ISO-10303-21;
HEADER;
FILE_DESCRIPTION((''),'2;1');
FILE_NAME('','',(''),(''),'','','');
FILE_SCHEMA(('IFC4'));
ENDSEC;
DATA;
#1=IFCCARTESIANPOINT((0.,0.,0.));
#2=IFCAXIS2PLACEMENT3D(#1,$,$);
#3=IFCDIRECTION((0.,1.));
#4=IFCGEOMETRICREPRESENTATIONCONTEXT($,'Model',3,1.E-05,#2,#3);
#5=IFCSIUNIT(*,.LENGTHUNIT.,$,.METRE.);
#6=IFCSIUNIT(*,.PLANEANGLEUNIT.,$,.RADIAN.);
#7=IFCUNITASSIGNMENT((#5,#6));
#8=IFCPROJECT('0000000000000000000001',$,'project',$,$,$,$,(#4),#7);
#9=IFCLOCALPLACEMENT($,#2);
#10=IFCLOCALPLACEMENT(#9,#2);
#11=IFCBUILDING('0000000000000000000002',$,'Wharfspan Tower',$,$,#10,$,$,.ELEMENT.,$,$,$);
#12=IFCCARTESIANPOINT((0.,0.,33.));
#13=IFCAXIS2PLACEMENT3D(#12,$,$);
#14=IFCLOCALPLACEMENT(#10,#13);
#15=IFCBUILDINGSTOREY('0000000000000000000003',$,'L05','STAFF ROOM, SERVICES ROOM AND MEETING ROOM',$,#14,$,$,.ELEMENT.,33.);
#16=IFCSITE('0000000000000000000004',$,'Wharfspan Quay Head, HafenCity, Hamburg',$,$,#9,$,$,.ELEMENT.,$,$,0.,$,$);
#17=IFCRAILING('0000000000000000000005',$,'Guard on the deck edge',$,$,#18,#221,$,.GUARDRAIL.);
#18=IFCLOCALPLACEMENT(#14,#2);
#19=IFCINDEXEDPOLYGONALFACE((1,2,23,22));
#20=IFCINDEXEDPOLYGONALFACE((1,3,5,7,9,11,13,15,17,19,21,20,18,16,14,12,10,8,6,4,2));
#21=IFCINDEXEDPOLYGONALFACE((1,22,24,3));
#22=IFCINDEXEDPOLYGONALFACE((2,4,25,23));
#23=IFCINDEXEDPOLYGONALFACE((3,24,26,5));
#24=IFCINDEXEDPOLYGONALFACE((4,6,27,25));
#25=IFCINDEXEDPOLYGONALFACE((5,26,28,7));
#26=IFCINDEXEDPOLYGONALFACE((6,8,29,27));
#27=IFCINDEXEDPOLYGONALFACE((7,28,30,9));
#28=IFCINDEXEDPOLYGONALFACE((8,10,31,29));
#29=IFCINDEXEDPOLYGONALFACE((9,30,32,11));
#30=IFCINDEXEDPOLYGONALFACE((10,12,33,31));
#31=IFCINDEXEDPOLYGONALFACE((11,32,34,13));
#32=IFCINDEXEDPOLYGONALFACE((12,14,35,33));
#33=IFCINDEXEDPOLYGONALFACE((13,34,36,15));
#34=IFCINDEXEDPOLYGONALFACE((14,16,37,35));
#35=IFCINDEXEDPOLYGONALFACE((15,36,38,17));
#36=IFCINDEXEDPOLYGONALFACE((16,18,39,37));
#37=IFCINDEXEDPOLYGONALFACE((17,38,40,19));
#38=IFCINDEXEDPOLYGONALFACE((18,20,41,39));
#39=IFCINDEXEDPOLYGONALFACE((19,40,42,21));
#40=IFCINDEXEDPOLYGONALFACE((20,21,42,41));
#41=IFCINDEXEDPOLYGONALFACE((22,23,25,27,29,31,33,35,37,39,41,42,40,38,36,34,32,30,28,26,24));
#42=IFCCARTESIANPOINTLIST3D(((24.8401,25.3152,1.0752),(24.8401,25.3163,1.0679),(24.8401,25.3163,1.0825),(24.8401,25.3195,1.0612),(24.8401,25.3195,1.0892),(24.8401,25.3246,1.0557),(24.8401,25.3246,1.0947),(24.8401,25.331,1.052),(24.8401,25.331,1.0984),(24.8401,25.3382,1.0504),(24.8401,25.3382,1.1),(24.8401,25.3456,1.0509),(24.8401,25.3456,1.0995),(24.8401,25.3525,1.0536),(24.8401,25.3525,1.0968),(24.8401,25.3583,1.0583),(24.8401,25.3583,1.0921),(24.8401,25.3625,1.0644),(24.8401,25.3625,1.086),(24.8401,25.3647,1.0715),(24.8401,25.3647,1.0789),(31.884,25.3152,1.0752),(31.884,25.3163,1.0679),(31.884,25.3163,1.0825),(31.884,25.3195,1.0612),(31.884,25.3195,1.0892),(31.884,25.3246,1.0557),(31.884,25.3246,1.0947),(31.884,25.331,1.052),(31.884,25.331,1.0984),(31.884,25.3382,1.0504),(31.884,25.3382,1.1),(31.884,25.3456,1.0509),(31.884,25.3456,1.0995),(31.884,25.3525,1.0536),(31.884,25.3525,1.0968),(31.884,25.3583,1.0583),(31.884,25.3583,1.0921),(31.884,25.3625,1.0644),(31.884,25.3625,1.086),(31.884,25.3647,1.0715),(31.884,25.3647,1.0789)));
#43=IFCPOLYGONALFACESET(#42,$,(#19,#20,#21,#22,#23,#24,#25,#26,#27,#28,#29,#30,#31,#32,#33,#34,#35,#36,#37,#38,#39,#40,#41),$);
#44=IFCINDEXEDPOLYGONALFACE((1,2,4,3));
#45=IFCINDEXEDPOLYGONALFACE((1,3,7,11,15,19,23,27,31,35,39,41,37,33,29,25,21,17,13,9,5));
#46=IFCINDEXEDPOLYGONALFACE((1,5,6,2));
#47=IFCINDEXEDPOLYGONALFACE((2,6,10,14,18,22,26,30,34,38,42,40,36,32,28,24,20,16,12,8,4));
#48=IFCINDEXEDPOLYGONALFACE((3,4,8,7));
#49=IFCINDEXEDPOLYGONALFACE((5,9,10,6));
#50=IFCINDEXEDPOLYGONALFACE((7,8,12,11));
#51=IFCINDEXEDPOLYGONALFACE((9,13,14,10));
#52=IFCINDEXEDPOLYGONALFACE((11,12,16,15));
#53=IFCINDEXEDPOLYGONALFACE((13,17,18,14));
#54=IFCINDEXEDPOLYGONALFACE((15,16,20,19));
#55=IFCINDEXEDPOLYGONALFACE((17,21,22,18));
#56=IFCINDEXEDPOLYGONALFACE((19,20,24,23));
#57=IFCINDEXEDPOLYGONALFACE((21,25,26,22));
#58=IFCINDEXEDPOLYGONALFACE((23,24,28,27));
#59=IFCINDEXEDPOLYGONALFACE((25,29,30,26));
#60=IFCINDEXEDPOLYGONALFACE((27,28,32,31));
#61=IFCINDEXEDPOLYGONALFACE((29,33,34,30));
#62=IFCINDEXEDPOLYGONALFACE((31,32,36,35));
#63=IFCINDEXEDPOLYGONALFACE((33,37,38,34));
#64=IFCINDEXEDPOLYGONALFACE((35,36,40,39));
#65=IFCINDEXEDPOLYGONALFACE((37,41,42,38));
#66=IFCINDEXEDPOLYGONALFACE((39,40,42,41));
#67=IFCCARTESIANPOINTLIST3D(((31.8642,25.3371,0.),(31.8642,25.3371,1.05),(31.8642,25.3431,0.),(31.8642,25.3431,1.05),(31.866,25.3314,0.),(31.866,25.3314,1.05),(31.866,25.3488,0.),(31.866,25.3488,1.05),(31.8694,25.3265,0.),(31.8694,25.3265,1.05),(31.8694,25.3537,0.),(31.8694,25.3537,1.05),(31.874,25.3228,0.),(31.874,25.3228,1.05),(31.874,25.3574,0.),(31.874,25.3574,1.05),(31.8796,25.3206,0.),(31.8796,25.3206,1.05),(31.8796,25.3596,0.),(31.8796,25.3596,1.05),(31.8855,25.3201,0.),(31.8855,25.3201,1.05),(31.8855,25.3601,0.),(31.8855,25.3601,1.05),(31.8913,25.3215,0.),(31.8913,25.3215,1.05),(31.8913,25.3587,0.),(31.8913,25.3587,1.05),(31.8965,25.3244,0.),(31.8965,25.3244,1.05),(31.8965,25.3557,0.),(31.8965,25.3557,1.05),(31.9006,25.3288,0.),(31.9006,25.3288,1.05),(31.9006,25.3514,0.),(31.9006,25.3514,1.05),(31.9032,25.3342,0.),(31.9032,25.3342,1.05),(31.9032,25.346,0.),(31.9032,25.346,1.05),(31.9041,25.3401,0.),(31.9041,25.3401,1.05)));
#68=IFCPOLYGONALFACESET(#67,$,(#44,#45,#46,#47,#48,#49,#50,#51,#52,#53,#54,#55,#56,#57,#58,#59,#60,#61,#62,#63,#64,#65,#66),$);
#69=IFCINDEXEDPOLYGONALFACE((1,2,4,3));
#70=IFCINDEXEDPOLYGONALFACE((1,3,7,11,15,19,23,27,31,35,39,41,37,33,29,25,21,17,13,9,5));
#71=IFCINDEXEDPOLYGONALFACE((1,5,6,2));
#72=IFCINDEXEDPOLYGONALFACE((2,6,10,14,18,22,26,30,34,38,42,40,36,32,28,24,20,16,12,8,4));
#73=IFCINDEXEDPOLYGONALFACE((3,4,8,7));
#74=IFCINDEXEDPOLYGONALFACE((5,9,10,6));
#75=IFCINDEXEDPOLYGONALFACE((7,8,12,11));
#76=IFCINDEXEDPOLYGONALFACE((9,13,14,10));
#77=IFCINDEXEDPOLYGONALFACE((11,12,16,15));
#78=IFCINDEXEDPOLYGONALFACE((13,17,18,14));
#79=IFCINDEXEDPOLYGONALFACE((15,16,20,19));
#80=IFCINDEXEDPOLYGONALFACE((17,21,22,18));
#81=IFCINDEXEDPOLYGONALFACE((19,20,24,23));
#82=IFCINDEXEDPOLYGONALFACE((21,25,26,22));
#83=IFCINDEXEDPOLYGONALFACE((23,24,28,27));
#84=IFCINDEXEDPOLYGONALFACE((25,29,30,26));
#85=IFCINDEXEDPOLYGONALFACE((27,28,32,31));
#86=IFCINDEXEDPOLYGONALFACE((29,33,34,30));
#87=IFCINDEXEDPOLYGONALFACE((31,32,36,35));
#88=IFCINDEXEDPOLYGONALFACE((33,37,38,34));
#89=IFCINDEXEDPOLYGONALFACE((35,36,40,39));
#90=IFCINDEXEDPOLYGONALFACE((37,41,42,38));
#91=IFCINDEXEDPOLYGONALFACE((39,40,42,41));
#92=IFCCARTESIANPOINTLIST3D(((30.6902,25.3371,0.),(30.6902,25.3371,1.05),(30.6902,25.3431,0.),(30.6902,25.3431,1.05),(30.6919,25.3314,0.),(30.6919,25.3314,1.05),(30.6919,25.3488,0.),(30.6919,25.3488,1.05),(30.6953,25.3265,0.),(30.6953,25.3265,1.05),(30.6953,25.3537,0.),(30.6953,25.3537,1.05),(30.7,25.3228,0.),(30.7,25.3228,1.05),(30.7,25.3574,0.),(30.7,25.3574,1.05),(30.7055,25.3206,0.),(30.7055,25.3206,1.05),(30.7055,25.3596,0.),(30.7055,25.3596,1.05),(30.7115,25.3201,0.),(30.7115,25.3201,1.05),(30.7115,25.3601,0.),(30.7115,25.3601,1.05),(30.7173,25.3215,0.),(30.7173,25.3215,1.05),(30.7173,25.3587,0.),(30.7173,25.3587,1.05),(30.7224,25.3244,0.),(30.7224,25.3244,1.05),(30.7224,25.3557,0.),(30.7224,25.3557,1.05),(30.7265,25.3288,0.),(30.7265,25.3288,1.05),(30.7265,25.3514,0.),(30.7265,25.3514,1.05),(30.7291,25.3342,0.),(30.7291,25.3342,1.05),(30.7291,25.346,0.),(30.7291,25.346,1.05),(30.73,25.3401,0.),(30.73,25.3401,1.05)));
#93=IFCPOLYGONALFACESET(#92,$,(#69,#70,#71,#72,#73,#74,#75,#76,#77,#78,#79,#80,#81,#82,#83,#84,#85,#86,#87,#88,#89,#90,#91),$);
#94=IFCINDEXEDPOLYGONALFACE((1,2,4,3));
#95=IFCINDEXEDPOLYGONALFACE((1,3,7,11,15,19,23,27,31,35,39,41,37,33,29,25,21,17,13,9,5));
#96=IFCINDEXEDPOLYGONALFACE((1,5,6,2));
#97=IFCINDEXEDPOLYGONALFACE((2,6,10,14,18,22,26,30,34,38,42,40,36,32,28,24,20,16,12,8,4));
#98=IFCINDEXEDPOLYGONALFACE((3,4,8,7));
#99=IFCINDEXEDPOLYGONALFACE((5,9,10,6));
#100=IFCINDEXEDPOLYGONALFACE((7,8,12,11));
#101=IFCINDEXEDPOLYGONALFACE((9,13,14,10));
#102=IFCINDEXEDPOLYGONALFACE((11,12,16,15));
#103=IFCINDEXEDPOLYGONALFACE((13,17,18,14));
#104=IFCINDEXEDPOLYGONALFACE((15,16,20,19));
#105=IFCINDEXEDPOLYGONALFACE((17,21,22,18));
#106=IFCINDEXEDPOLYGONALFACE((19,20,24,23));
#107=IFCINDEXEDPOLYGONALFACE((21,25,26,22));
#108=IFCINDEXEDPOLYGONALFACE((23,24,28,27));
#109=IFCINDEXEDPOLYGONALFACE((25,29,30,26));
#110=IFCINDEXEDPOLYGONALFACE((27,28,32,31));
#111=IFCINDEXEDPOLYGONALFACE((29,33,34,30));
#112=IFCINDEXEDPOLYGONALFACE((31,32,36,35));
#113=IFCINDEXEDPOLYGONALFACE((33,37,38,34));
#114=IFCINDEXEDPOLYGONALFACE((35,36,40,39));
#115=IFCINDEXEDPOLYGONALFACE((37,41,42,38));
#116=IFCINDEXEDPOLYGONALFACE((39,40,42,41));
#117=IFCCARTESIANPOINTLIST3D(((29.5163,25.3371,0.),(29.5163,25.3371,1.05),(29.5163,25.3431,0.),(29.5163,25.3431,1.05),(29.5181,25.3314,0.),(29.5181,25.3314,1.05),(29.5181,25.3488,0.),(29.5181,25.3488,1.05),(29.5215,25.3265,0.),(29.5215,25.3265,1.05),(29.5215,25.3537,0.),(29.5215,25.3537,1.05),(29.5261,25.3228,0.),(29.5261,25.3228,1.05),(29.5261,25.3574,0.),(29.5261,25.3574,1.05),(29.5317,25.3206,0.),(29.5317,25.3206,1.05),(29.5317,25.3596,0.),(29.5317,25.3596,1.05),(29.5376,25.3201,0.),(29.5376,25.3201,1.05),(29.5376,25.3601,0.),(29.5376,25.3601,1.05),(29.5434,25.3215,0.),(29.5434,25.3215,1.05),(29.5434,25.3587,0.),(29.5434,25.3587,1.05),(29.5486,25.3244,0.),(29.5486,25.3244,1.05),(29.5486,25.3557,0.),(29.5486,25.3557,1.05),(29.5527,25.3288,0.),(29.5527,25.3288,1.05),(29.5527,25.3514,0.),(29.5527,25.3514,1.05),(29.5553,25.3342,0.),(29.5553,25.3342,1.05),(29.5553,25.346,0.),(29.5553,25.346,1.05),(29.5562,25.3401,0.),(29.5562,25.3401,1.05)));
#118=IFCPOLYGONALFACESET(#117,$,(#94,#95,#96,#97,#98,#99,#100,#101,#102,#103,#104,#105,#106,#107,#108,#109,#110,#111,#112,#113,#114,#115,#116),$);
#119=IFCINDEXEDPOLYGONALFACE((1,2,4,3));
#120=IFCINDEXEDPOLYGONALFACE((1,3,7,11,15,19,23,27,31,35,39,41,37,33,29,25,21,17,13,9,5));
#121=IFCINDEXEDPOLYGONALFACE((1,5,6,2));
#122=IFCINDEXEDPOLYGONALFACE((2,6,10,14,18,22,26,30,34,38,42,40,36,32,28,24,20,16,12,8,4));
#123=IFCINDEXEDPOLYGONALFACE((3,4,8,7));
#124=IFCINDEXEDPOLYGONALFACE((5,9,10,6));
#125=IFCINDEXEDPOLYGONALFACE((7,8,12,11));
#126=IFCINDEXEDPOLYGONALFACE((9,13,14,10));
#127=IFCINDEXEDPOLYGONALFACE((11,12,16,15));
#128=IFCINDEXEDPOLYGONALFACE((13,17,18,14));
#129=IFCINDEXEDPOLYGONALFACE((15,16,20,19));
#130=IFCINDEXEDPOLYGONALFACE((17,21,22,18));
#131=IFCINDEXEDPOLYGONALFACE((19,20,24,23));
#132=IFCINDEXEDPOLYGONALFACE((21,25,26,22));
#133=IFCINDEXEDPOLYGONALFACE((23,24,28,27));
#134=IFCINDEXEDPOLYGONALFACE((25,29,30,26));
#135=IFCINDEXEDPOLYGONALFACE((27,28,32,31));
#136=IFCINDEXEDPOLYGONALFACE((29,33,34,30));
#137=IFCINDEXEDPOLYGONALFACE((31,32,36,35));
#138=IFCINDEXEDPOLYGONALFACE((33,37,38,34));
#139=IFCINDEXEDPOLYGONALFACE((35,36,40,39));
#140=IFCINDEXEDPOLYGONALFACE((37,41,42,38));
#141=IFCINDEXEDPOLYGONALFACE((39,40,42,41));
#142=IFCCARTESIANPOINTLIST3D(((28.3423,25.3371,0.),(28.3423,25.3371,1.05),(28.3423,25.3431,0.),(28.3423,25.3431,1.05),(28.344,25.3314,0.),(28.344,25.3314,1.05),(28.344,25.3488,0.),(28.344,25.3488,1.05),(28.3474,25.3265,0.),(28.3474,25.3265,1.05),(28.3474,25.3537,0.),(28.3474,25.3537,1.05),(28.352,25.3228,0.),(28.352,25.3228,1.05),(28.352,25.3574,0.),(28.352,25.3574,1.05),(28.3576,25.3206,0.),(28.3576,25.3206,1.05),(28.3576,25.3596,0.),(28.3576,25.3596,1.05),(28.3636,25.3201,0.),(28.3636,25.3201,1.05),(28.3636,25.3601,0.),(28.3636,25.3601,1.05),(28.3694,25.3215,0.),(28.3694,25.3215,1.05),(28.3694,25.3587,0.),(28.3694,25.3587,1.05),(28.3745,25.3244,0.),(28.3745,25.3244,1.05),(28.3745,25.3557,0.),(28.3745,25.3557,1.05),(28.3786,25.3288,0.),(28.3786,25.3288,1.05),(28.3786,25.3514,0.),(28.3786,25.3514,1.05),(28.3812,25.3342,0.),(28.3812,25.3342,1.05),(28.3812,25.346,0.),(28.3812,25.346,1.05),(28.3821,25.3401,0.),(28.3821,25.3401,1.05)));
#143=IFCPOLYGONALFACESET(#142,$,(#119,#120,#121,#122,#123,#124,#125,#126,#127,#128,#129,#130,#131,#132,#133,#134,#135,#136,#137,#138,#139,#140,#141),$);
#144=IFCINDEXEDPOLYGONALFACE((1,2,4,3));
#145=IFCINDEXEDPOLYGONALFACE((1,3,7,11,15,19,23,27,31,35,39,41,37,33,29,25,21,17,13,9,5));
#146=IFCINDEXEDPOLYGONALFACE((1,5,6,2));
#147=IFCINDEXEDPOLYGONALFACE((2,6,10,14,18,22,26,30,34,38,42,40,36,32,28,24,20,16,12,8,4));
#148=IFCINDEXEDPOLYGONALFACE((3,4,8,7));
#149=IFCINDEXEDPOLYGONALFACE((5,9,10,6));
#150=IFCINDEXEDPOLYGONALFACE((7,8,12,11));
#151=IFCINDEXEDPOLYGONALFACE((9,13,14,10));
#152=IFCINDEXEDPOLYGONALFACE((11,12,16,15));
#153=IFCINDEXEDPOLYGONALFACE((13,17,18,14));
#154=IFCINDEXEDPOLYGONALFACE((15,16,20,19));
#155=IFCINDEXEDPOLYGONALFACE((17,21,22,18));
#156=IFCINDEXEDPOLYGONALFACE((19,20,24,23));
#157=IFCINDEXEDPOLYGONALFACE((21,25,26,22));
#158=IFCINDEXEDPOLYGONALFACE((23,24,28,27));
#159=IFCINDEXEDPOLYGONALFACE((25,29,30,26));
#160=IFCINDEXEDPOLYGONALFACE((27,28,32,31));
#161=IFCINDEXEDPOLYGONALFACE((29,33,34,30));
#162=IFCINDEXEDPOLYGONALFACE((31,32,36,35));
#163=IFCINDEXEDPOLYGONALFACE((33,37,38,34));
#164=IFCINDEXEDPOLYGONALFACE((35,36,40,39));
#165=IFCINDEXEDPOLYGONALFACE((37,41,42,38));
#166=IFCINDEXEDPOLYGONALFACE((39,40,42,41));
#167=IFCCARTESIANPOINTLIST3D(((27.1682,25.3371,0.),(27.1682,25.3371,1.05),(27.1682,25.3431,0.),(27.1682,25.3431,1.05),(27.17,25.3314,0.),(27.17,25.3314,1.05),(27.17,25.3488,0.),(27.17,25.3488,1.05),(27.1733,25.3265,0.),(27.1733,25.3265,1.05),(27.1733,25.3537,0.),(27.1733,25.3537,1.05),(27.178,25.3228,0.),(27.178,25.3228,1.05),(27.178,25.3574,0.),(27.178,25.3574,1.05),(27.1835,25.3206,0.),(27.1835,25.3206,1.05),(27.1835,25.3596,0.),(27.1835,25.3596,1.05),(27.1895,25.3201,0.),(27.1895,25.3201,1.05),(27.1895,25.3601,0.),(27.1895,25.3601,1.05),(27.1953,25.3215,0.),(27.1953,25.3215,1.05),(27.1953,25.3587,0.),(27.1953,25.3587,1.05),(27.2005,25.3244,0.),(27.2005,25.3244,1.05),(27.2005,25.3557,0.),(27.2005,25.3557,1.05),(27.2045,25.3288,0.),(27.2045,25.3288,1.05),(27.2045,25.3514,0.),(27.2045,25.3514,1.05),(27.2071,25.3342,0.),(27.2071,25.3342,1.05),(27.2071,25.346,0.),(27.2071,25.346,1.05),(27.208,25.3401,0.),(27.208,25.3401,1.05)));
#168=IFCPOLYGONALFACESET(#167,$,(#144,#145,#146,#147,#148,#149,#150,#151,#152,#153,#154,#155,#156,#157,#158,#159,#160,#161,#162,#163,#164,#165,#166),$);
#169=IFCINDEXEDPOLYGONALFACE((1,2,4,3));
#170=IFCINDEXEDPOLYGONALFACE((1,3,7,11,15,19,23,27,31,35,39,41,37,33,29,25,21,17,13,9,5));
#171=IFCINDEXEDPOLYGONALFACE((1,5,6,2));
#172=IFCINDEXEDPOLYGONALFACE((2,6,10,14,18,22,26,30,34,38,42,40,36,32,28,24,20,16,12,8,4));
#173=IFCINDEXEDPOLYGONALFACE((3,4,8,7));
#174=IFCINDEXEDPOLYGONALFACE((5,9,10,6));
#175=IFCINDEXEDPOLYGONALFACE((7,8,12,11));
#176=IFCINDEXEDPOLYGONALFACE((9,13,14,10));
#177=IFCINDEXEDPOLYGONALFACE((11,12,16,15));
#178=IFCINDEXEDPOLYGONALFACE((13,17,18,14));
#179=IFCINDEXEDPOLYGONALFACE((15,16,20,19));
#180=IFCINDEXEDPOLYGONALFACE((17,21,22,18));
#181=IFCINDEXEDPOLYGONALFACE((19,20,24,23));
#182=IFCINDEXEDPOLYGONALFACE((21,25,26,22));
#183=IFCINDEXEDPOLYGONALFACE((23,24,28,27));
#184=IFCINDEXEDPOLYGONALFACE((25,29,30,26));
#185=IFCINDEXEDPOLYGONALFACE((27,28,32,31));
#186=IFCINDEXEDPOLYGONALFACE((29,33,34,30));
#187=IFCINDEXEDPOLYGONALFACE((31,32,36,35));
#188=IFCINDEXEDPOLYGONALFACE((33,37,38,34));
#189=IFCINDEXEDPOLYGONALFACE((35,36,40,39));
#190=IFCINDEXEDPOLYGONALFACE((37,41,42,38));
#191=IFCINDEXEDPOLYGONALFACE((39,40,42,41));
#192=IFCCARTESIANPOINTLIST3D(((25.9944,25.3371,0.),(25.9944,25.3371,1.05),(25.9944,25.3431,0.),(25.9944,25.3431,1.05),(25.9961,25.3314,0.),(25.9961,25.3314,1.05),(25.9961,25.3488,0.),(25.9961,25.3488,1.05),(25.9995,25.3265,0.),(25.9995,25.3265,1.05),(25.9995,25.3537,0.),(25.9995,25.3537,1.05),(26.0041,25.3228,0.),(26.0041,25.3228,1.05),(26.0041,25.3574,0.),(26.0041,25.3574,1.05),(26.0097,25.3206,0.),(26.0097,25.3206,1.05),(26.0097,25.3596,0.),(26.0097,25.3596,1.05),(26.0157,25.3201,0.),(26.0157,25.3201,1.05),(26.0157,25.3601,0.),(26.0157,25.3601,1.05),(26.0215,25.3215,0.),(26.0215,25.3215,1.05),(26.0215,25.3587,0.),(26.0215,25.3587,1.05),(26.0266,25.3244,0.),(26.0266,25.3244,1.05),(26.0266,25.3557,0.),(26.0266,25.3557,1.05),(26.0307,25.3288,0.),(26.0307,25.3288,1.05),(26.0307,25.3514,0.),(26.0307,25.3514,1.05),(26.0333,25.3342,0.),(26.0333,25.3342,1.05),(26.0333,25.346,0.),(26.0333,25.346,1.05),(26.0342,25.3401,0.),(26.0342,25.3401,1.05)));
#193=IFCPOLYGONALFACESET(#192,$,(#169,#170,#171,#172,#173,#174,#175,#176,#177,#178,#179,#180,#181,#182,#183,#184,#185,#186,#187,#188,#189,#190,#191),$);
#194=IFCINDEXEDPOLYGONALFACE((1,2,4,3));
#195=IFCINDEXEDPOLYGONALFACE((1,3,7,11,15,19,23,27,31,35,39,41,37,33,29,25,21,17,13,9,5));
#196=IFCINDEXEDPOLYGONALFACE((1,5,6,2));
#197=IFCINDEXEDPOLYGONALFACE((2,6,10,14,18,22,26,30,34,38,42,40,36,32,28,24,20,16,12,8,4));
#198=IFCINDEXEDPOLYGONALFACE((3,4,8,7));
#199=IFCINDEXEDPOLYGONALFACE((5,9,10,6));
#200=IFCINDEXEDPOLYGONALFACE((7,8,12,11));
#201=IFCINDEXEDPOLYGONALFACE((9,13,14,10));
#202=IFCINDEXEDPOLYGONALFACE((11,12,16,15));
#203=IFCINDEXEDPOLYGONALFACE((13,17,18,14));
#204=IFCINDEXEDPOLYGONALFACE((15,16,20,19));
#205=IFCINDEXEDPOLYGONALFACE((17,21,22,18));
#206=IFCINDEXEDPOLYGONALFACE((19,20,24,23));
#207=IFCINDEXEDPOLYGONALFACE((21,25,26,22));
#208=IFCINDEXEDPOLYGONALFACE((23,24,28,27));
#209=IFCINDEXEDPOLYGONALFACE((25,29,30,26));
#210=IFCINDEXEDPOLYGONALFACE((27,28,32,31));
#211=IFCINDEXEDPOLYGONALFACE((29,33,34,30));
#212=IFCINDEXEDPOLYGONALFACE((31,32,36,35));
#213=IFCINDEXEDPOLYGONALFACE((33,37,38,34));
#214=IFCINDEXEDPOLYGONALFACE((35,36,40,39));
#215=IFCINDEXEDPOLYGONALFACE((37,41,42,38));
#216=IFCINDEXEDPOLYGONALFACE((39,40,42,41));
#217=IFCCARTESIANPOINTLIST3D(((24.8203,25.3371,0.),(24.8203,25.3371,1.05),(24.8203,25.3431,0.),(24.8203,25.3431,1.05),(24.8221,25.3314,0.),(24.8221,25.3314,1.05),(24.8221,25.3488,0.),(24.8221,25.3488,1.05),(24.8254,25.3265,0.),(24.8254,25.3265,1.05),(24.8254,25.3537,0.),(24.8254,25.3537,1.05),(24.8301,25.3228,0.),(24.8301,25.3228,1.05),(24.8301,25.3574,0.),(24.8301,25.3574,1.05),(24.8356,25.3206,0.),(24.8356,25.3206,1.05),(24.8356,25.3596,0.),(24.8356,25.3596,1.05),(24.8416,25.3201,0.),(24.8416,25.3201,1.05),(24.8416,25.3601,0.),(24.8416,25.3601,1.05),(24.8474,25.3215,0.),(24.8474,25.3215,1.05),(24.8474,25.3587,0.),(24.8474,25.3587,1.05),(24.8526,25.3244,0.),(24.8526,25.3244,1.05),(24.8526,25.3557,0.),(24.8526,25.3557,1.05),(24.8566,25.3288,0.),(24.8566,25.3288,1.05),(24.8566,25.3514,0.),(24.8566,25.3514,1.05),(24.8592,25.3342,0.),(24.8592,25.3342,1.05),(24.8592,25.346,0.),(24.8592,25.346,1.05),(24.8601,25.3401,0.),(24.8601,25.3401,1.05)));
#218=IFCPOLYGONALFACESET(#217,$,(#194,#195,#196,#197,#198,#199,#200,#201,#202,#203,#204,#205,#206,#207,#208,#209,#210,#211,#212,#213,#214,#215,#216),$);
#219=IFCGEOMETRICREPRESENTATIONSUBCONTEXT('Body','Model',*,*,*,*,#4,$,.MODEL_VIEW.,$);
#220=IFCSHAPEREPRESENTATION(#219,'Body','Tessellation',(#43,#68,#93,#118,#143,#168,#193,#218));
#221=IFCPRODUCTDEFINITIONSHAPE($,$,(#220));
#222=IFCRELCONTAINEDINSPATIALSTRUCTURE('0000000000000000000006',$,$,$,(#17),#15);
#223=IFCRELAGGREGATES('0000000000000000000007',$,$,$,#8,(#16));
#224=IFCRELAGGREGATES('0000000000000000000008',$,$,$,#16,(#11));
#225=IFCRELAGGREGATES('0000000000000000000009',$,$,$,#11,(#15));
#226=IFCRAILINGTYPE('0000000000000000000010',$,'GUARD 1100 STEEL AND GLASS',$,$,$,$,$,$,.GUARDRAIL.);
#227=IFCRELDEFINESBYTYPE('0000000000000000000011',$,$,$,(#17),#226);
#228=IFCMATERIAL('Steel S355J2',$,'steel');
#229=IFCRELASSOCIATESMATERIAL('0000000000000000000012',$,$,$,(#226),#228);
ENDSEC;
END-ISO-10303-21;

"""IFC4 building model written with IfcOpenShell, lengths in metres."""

from ifc_helpers import new_model, si_unit, direction, frame, origin, origin_2d, place, context, subcontext, project, spatial, circle, extrude, material, type_object, element, save


model = new_model("IFC4")

# Units and contexts
model_context = context("Model", 3, precision=1e-05, world=origin(), true_north=direction((0.0, 1.0)))
body_context = subcontext(model_context, "Body", "Model", "MODEL_VIEW")
ifc_project = project(units=[si_unit("LENGTHUNIT", "METRE"), si_unit("PLANEANGLEUNIT", "RADIAN")], contexts=[model_context])

# Site, building, storey
site_placement = place(None, origin())
site = spatial("IfcSite", under=ifc_project, at=site_placement, Name="Wharfspan Quay Head, HafenCity, Hamburg", CompositionType="ELEMENT", RefElevation=0.0)
building_placement = place(site_placement, origin())
building = spatial("IfcBuilding", under=site, at=building_placement, Name="Wharfspan Tower", CompositionType="ELEMENT")
storey_placement = place(building_placement, frame((0.0, 0.0, 33.0)))
storey = spatial("IfcBuildingStorey", under=building, at=storey_placement, Name="L05", Description="STAFF ROOM, SERVICES ROOM AND MEETING ROOM", CompositionType="ELEMENT", Elevation=33.0)

# Railing
ifc_material_1 = material(Name="Steel S355J2", Category="steel")
railing_type = type_object("IfcRailingType", Name="GUARD 1100 STEEL AND GLASS", PredefinedType="GUARDRAIL", material=ifc_material_1)
railing_1_placement = place(storey_placement, frame((31.884, 25.3401, 0.0)))
element("IfcRailing", 1, at=railing_1_placement, inside=storey, type_object=railing_type, Name="Guard on the deck edge", PredefinedType="GUARDRAIL", context=body_context, shape_type="SweptSolid", body=[
    extrude(circle(Radius=0.0249, at=origin_2d()), frame((0.0, 0.0, 1.0752), z_axis=(-1.0, 0.0, 0.0), x_axis=(0.0, -1.0, 0.0)), (0.0, 0.0, 1.0), 7.0439),
    extrude(circle(Radius=0.02, at=origin_2d()), origin(), (0.0, 0.0, 1.0), 1.05),
    extrude(circle(Radius=0.02, at=origin_2d()), frame((-1.1741, 0.0, 0.0)), (0.0, 0.0, 1.0), 1.05),
    extrude(circle(Radius=0.02, at=origin_2d()), frame((-2.3479, 0.0, 0.0)), (0.0, 0.0, 1.0), 1.05),
    extrude(circle(Radius=0.02, at=origin_2d()), frame((-3.522, 0.0, 0.0)), (0.0, 0.0, 1.0), 1.05),
    extrude(circle(Radius=0.02, at=origin_2d()), frame((-4.696, 0.0, 0.0)), (0.0, 0.0, 1.0), 1.05),
    extrude(circle(Radius=0.02, at=origin_2d()), frame((-5.8699, 0.0, 0.0)), (0.0, 0.0, 1.0), 1.05),
    extrude(circle(Radius=0.02, at=origin_2d()), frame((-7.0439, 0.0, 0.0)), (0.0, 0.0, 1.0), 1.05),
])

save(model, "model.ifc")
